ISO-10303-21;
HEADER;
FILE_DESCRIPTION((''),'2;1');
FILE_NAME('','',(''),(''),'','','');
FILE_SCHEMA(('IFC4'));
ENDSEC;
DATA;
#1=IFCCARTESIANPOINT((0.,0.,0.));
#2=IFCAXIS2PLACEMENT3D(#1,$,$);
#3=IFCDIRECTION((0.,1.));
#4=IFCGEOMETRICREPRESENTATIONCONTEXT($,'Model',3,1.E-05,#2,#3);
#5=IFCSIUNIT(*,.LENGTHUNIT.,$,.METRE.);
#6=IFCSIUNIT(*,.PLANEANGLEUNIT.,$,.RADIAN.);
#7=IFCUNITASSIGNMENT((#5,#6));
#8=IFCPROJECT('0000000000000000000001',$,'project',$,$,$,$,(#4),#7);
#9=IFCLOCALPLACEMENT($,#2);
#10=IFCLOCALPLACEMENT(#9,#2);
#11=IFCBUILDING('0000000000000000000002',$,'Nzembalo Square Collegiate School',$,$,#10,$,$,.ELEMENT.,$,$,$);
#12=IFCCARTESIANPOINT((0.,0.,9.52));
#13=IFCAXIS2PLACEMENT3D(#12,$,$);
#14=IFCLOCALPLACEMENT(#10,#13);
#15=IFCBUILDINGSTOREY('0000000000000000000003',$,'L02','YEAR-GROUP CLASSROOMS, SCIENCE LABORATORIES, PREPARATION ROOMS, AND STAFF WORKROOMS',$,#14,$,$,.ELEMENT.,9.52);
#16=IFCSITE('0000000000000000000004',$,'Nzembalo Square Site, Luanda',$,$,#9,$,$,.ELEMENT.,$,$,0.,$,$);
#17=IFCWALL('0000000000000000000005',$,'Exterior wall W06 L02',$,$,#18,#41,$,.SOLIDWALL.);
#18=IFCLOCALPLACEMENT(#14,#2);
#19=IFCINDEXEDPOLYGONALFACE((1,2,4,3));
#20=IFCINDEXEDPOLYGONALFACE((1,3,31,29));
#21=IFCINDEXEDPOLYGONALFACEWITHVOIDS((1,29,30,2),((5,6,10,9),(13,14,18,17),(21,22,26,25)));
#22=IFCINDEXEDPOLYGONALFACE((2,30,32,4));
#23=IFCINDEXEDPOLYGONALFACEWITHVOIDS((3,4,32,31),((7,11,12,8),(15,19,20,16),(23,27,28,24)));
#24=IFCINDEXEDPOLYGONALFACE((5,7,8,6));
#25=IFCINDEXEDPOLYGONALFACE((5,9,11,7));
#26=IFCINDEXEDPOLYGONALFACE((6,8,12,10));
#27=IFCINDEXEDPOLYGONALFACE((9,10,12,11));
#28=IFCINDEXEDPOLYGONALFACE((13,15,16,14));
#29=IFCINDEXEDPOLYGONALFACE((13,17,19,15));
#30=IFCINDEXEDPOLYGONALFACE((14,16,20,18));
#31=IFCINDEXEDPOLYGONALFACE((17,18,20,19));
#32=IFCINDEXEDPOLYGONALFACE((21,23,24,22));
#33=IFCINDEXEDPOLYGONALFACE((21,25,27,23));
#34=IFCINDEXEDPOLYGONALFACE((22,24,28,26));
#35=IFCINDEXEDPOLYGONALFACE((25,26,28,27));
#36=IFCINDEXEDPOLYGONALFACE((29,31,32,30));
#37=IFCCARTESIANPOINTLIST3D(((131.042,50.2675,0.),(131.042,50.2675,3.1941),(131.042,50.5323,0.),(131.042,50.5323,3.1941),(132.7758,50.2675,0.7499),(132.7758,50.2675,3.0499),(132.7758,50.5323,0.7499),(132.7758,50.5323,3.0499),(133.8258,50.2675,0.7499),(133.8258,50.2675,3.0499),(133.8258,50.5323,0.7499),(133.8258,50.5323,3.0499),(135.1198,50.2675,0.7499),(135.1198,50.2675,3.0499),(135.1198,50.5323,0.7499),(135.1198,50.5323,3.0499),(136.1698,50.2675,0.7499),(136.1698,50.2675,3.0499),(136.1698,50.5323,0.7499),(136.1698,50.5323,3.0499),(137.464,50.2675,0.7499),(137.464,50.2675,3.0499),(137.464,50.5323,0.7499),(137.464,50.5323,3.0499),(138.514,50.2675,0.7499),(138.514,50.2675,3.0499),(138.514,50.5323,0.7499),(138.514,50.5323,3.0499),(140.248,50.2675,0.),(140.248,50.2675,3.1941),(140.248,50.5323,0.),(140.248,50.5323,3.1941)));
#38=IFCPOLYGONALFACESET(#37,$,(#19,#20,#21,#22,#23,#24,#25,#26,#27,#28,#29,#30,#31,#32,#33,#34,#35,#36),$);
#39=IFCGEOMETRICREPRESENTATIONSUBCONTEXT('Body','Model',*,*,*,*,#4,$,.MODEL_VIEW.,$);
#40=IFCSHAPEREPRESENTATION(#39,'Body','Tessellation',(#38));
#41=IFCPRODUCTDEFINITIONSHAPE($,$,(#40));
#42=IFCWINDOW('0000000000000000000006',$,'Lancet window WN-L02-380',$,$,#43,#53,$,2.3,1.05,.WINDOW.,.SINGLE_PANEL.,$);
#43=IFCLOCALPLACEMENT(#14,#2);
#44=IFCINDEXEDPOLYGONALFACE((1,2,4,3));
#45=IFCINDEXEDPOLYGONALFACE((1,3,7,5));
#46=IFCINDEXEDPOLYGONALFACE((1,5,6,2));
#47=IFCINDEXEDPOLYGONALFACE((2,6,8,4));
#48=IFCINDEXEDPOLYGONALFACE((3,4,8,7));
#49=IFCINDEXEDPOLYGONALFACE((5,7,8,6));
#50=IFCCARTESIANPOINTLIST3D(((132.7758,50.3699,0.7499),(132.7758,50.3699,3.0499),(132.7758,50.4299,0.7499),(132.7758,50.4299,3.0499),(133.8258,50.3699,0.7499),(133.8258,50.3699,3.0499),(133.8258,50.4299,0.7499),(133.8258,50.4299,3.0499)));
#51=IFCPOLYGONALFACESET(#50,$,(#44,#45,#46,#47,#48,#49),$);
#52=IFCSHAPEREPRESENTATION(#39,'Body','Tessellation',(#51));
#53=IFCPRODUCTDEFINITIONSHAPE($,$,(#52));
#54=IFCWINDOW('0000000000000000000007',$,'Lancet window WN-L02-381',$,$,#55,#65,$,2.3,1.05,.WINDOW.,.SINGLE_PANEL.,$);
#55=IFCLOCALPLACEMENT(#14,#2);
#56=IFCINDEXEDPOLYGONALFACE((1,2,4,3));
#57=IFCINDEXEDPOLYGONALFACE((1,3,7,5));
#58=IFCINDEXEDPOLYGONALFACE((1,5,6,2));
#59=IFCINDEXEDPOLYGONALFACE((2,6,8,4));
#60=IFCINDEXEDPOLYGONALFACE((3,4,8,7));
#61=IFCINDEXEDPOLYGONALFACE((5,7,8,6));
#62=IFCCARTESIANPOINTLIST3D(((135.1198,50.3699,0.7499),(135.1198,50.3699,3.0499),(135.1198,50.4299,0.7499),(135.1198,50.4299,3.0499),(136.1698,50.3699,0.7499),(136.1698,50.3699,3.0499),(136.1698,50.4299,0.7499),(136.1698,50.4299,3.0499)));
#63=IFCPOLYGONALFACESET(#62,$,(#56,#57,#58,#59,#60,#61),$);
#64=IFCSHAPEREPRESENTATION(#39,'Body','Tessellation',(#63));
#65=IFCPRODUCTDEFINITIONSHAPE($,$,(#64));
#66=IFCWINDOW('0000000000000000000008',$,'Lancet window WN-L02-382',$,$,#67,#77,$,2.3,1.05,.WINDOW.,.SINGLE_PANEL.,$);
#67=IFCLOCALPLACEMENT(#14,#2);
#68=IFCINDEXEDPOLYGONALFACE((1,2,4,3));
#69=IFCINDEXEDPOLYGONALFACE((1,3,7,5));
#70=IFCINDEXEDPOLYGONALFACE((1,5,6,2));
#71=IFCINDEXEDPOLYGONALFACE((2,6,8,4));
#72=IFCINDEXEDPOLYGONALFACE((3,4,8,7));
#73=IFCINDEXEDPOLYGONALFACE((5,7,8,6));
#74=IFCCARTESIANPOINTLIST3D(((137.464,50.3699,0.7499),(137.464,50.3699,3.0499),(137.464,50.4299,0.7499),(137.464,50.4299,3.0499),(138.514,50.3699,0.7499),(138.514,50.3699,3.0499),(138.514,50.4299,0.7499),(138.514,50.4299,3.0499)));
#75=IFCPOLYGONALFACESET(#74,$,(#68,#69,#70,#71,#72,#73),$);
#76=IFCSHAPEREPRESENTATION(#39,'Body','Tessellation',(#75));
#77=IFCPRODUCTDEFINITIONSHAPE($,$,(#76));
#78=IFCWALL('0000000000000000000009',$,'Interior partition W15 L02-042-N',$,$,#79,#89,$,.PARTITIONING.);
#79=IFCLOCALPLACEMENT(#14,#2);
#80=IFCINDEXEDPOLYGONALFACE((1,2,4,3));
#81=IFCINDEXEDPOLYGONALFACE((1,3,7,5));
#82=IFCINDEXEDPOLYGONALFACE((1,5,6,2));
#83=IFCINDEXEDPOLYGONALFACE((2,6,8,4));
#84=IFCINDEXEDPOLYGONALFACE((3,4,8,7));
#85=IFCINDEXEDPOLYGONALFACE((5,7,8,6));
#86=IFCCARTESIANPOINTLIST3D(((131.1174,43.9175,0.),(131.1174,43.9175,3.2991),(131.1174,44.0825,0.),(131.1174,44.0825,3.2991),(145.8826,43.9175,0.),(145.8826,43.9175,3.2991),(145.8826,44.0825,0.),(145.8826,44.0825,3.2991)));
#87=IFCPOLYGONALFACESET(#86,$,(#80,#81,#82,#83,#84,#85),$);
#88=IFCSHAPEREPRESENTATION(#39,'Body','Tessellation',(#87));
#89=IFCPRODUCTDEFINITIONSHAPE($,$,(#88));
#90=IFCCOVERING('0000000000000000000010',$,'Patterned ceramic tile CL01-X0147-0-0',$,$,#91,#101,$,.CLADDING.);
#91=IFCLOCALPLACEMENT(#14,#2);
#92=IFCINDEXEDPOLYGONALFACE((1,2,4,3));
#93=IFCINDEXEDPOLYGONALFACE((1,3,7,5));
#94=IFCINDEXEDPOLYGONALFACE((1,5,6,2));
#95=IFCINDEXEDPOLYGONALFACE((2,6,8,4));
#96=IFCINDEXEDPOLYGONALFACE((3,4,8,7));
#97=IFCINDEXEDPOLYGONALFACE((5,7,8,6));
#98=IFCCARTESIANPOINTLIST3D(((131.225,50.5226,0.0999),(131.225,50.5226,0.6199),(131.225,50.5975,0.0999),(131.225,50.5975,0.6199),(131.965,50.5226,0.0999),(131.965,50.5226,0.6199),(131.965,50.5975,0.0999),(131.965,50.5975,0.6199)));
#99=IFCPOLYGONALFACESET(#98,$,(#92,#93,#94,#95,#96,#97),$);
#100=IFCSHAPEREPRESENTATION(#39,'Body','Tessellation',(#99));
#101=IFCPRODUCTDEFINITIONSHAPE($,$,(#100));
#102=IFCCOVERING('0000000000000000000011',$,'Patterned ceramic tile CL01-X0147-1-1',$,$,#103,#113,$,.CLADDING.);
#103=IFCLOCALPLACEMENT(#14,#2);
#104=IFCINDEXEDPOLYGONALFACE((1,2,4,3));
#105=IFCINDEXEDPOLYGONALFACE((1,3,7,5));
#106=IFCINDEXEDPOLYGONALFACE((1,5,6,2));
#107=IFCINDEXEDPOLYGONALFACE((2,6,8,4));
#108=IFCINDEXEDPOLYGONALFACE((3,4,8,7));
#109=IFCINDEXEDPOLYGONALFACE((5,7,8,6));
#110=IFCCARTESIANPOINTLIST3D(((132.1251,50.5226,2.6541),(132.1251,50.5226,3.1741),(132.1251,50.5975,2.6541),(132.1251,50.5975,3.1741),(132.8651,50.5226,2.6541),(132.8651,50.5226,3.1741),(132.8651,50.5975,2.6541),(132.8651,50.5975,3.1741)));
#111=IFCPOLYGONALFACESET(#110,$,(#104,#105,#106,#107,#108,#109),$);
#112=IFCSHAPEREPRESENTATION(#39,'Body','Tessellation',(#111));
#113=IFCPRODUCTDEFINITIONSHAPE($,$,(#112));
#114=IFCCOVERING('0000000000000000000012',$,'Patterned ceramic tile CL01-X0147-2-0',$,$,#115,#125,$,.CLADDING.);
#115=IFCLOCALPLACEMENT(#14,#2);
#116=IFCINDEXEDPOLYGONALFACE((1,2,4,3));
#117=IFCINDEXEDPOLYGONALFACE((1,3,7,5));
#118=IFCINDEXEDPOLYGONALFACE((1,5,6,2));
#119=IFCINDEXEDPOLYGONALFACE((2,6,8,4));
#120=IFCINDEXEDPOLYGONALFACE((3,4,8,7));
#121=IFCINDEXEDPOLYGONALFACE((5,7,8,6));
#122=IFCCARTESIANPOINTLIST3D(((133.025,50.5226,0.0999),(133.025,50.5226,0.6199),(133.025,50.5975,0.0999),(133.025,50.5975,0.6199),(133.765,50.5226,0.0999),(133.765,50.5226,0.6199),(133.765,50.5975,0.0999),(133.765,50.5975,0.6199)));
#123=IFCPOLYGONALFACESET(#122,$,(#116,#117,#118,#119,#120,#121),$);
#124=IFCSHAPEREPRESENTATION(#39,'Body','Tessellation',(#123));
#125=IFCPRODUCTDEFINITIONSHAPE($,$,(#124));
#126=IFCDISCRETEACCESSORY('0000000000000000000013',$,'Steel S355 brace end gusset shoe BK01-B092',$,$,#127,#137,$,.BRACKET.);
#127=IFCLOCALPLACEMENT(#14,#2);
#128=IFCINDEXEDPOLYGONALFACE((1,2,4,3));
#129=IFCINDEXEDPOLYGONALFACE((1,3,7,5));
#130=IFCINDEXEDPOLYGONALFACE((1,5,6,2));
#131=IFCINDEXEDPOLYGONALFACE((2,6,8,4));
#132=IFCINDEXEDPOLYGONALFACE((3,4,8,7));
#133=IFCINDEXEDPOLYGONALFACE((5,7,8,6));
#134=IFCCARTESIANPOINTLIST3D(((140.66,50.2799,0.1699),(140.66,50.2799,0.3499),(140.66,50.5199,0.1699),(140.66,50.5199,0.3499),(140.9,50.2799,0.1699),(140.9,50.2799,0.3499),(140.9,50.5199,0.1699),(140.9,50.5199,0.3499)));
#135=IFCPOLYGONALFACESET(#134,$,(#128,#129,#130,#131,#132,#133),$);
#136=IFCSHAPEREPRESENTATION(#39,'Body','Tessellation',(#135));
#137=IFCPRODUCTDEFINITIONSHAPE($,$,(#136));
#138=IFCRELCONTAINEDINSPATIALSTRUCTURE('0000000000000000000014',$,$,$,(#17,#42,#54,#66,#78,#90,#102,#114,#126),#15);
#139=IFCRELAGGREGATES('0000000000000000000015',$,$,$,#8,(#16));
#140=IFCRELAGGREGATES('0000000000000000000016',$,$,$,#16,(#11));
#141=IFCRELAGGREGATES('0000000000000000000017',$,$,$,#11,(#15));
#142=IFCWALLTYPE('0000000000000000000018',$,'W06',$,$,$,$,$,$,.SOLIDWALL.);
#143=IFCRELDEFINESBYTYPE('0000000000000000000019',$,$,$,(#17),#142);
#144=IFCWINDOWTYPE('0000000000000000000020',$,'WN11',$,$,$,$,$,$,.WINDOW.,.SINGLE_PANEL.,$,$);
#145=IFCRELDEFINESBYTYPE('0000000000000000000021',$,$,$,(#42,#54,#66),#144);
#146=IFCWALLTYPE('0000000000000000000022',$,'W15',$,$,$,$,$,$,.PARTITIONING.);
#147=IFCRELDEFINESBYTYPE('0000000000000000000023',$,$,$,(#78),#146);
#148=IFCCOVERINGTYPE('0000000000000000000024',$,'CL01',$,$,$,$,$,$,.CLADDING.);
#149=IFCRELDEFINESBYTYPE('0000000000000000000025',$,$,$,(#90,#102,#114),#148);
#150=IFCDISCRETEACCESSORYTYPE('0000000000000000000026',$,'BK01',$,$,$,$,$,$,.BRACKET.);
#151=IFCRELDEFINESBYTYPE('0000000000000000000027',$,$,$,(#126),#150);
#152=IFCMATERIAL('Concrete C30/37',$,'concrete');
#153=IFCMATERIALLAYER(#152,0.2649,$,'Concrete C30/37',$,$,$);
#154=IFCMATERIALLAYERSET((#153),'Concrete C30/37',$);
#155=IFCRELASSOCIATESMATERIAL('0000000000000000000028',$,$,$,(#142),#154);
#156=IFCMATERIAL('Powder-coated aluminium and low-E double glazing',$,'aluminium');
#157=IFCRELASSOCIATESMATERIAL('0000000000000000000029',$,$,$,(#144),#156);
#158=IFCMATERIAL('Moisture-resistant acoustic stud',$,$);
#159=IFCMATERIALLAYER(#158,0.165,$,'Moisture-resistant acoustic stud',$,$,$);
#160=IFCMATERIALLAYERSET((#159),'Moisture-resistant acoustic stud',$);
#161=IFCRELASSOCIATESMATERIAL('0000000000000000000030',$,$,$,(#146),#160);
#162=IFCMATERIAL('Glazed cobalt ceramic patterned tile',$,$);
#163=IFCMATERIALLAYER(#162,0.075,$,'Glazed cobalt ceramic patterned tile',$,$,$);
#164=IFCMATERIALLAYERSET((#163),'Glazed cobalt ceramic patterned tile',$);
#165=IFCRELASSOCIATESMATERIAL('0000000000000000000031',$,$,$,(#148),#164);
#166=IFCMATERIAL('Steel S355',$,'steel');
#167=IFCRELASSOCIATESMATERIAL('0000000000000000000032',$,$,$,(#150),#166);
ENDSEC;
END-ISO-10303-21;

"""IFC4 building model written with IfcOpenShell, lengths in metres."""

from ifc_helpers import new_model, si_unit, direction, frame, frame_2d, origin, origin_2d, place, context, subcontext, project, spatial, rectangle, extrude, material, layer, layer_set, type_object, element, fill, save


model = new_model("IFC4")

# Units and contexts
model_context = context("Model", 3, precision=1e-05, world=origin(), true_north=direction((0.0, 1.0)))
body_context = subcontext(model_context, "Body", "Model", "MODEL_VIEW")
ifc_project = project(units=[si_unit("LENGTHUNIT", "METRE"), si_unit("PLANEANGLEUNIT", "RADIAN")], contexts=[model_context])

# Site, building, storey
site_placement = place(None, origin())
site = spatial("IfcSite", under=ifc_project, at=site_placement, Name="Nzembalo Square Site, Luanda", CompositionType="ELEMENT", RefElevation=0.0)
building_placement = place(site_placement, origin())
building = spatial("IfcBuilding", under=site, at=building_placement, Name="Nzembalo Square Collegiate School", CompositionType="ELEMENT")
storey_placement = place(building_placement, frame((0.0, 0.0, 9.52)))
storey = spatial("IfcBuildingStorey", under=building, at=storey_placement, Name="L02", Description="YEAR-GROUP CLASSROOMS, SCIENCE LABORATORIES, PREPARATION ROOMS, AND STAFF WORKROOMS", CompositionType="ELEMENT", Elevation=9.52)

# Wall, openings, windows
ifc_material_1 = material(Name="Concrete C30/37", Category="concrete")
ifc_layer_1 = layer(ifc_material_1, 0.2649, Name="Concrete C30/37")
ifc_layer_set_1 = layer_set([ifc_layer_1], Name="Concrete C30/37")
wall_type_1 = type_object("IfcWallType", Name="W06", PredefinedType="SOLIDWALL", material=ifc_layer_set_1)
wall_1_placement = place(storey_placement, frame((131.042, 50.3999, 0.0), z_axis=(0.0, 0.0, 1.0), x_axis=(1.0, 0.0, 0.0)))
wall_1 = element("IfcWall", 1, at=wall_1_placement, inside=storey, type_object=wall_type_1, Name="Exterior wall W06 L02", PredefinedType="SOLIDWALL", context=body_context, shape_type="SweptSolid", body=[
    extrude(rectangle(XDim=9.2061, YDim=0.2649, at=frame_2d((4.603, 0.0))), origin(), (0.0, 0.0, 1.0), 3.1941),
])
opening_1_placement = place(wall_1_placement, frame((1.7339, 0.0, 0.75)))
opening_1 = element("IfcOpeningElement", 2, at=opening_1_placement, cuts=wall_1, PredefinedType="OPENING", context=body_context, shape_type="SweptSolid", body=[
    extrude(rectangle(XDim=1.05, YDim=2.3, at=frame_2d((0.5249, 1.1499))), frame((0.0, 0.1426, 0.0), z_axis=(0.0, -1.0, 0.0), x_axis=(1.0, 0.0, 0.0)), (0.0, 0.0, 1.0), 0.2849),
])
opening_2_placement = place(wall_1_placement, frame((4.0779, 0.0, 0.75)))
opening_2 = element("IfcOpeningElement", 3, at=opening_2_placement, cuts=wall_1, PredefinedType="OPENING", context=body_context, shape_type="SweptSolid", body=[
    extrude(rectangle(XDim=1.05, YDim=2.3, at=frame_2d((0.5249, 1.1499))), frame((0.0, 0.1426, 0.0), z_axis=(0.0, -1.0, 0.0), x_axis=(1.0, 0.0, 0.0)), (0.0, 0.0, 1.0), 0.2849),
])
opening_3_placement = place(wall_1_placement, frame((6.4221, 0.0, 0.75)))
opening_3 = element("IfcOpeningElement", 4, at=opening_3_placement, cuts=wall_1, PredefinedType="OPENING", context=body_context, shape_type="SweptSolid", body=[
    extrude(rectangle(XDim=1.05, YDim=2.3, at=frame_2d((0.5249, 1.1499))), frame((0.0, 0.1426, 0.0), z_axis=(0.0, -1.0, 0.0), x_axis=(1.0, 0.0, 0.0)), (0.0, 0.0, 1.0), 0.2849),
])
ifc_material_2 = material(Name="Powder-coated aluminium and low-E double glazing", Category="aluminium")
window_type = type_object("IfcWindowType", Name="WN11", PartitioningType="SINGLE_PANEL", PredefinedType="WINDOW", material=ifc_material_2)
window_1_placement = place(opening_1_placement, origin())
window_1 = element("IfcWindow", 5, at=window_1_placement, inside=storey, type_object=window_type, Name="Lancet window WN-L02-380", OverallHeight=2.3, OverallWidth=1.05, PartitioningType="SINGLE_PANEL", PredefinedType="WINDOW", context=body_context, shape_type="SweptSolid", body=[
    extrude(rectangle(XDim=1.05, YDim=2.3, at=frame_2d((0.5249, 1.1499))), frame((0.0, 0.03, 0.0), z_axis=(0.0, -1.0, 0.0), x_axis=(1.0, 0.0, 0.0)), (0.0, 0.0, 1.0), 0.0601),
])
fill(opening_1, window_1)
window_2_placement = place(opening_2_placement, origin())
window_2 = element("IfcWindow", 6, at=window_2_placement, inside=storey, type_object=window_type, Name="Lancet window WN-L02-381", OverallHeight=2.3, OverallWidth=1.05, PartitioningType="SINGLE_PANEL", PredefinedType="WINDOW", context=body_context, shape_type="SweptSolid", body=[
    extrude(rectangle(XDim=1.05, YDim=2.3, at=frame_2d((0.5249, 1.1499))), frame((0.0, 0.03, 0.0), z_axis=(0.0, -1.0, 0.0), x_axis=(1.0, 0.0, 0.0)), (0.0, 0.0, 1.0), 0.0601),
])
fill(opening_2, window_2)
window_3_placement = place(opening_3_placement, origin())
window_3 = element("IfcWindow", 7, at=window_3_placement, inside=storey, type_object=window_type, Name="Lancet window WN-L02-382", OverallHeight=2.3, OverallWidth=1.05, PartitioningType="SINGLE_PANEL", PredefinedType="WINDOW", context=body_context, shape_type="SweptSolid", body=[
    extrude(rectangle(XDim=1.05, YDim=2.3, at=frame_2d((0.5249, 1.1499))), frame((0.0, 0.03, 0.0), z_axis=(0.0, -1.0, 0.0), x_axis=(1.0, 0.0, 0.0)), (0.0, 0.0, 1.0), 0.0601),
])
fill(opening_3, window_3)

# Wall
ifc_material_3 = material(Name="Moisture-resistant acoustic stud")
ifc_layer_2 = layer(ifc_material_3, 0.165, Name="Moisture-resistant acoustic stud")
ifc_layer_set_2 = layer_set([ifc_layer_2], Name="Moisture-resistant acoustic stud")
wall_type_2 = type_object("IfcWallType", Name="W15", PredefinedType="PARTITIONING", material=ifc_layer_set_2)
wall_2_placement = place(storey_placement, frame((131.1174, 44.0, 0.0), z_axis=(0.0, 0.0, 1.0), x_axis=(1.0, 0.0, 0.0)))
element("IfcWall", 8, at=wall_2_placement, inside=storey, type_object=wall_type_2, Name="Interior partition W15 L02-042-N", PredefinedType="PARTITIONING", context=body_context, shape_type="SweptSolid", body=[
    extrude(rectangle(XDim=14.7651, YDim=0.165, at=frame_2d((7.3826, 0.0))), origin(), (0.0, 0.0, 1.0), 3.2991),
])

# Coverings
ifc_material_4 = material(Name="Glazed cobalt ceramic patterned tile")
ifc_layer_3 = layer(ifc_material_4, 0.075, Name="Glazed cobalt ceramic patterned tile")
ifc_layer_set_3 = layer_set([ifc_layer_3], Name="Glazed cobalt ceramic patterned tile")
covering_type = type_object("IfcCoveringType", Name="CL01", PredefinedType="CLADDING", material=ifc_layer_set_3)
for number, where, z_axis, x_axis, name in (
    (9, (131.595, 50.5601, 0.0999), (0.0, 0.0, 1.0), (1.0, 0.0, 0.0), "Patterned ceramic tile CL01-X0147-0-0"),
    (10, (132.4951, 50.5601, 2.6541), (0.0, 0.0, 1.0), (1.0, 0.0, 0.0), "Patterned ceramic tile CL01-X0147-1-1"),
    (11, (133.395, 50.5601, 0.0999), (0.0, 0.0, 1.0), (1.0, 0.0, 0.0), "Patterned ceramic tile CL01-X0147-2-0"),
):
    element("IfcCovering", number, at=place(storey_placement, frame(where, z_axis=z_axis, x_axis=x_axis)), inside=storey, type_object=covering_type, Name=name, PredefinedType="CLADDING", context=body_context, shape_type="SweptSolid", body=[
        extrude(rectangle(XDim=0.74, YDim=0.075, at=origin_2d()), origin(), (0.0, 0.0, 1.0), 0.52),
    ])

# Discrete accessory
ifc_material_5 = material(Name="Steel S355", Category="steel")
discrete_accessory_type = type_object("IfcDiscreteAccessoryType", Name="BK01", PredefinedType="BRACKET", material=ifc_material_5)
discrete_accessory_placement = place(storey_placement, frame((140.78, 50.3999, 0.1699), z_axis=(0.0, 0.0, 1.0), x_axis=(1.0, 0.0, 0.0)))
element("IfcDiscreteAccessory", 12, at=discrete_accessory_placement, inside=storey, type_object=discrete_accessory_type, Name="Steel S355 brace end gusset shoe BK01-B092", PredefinedType="BRACKET", context=body_context, shape_type="SweptSolid", body=[
    extrude(rectangle(XDim=0.24, YDim=0.24, at=origin_2d()), origin(), (0.0, 0.0, 1.0), 0.1799),
])

save(model, "model.ifc")
